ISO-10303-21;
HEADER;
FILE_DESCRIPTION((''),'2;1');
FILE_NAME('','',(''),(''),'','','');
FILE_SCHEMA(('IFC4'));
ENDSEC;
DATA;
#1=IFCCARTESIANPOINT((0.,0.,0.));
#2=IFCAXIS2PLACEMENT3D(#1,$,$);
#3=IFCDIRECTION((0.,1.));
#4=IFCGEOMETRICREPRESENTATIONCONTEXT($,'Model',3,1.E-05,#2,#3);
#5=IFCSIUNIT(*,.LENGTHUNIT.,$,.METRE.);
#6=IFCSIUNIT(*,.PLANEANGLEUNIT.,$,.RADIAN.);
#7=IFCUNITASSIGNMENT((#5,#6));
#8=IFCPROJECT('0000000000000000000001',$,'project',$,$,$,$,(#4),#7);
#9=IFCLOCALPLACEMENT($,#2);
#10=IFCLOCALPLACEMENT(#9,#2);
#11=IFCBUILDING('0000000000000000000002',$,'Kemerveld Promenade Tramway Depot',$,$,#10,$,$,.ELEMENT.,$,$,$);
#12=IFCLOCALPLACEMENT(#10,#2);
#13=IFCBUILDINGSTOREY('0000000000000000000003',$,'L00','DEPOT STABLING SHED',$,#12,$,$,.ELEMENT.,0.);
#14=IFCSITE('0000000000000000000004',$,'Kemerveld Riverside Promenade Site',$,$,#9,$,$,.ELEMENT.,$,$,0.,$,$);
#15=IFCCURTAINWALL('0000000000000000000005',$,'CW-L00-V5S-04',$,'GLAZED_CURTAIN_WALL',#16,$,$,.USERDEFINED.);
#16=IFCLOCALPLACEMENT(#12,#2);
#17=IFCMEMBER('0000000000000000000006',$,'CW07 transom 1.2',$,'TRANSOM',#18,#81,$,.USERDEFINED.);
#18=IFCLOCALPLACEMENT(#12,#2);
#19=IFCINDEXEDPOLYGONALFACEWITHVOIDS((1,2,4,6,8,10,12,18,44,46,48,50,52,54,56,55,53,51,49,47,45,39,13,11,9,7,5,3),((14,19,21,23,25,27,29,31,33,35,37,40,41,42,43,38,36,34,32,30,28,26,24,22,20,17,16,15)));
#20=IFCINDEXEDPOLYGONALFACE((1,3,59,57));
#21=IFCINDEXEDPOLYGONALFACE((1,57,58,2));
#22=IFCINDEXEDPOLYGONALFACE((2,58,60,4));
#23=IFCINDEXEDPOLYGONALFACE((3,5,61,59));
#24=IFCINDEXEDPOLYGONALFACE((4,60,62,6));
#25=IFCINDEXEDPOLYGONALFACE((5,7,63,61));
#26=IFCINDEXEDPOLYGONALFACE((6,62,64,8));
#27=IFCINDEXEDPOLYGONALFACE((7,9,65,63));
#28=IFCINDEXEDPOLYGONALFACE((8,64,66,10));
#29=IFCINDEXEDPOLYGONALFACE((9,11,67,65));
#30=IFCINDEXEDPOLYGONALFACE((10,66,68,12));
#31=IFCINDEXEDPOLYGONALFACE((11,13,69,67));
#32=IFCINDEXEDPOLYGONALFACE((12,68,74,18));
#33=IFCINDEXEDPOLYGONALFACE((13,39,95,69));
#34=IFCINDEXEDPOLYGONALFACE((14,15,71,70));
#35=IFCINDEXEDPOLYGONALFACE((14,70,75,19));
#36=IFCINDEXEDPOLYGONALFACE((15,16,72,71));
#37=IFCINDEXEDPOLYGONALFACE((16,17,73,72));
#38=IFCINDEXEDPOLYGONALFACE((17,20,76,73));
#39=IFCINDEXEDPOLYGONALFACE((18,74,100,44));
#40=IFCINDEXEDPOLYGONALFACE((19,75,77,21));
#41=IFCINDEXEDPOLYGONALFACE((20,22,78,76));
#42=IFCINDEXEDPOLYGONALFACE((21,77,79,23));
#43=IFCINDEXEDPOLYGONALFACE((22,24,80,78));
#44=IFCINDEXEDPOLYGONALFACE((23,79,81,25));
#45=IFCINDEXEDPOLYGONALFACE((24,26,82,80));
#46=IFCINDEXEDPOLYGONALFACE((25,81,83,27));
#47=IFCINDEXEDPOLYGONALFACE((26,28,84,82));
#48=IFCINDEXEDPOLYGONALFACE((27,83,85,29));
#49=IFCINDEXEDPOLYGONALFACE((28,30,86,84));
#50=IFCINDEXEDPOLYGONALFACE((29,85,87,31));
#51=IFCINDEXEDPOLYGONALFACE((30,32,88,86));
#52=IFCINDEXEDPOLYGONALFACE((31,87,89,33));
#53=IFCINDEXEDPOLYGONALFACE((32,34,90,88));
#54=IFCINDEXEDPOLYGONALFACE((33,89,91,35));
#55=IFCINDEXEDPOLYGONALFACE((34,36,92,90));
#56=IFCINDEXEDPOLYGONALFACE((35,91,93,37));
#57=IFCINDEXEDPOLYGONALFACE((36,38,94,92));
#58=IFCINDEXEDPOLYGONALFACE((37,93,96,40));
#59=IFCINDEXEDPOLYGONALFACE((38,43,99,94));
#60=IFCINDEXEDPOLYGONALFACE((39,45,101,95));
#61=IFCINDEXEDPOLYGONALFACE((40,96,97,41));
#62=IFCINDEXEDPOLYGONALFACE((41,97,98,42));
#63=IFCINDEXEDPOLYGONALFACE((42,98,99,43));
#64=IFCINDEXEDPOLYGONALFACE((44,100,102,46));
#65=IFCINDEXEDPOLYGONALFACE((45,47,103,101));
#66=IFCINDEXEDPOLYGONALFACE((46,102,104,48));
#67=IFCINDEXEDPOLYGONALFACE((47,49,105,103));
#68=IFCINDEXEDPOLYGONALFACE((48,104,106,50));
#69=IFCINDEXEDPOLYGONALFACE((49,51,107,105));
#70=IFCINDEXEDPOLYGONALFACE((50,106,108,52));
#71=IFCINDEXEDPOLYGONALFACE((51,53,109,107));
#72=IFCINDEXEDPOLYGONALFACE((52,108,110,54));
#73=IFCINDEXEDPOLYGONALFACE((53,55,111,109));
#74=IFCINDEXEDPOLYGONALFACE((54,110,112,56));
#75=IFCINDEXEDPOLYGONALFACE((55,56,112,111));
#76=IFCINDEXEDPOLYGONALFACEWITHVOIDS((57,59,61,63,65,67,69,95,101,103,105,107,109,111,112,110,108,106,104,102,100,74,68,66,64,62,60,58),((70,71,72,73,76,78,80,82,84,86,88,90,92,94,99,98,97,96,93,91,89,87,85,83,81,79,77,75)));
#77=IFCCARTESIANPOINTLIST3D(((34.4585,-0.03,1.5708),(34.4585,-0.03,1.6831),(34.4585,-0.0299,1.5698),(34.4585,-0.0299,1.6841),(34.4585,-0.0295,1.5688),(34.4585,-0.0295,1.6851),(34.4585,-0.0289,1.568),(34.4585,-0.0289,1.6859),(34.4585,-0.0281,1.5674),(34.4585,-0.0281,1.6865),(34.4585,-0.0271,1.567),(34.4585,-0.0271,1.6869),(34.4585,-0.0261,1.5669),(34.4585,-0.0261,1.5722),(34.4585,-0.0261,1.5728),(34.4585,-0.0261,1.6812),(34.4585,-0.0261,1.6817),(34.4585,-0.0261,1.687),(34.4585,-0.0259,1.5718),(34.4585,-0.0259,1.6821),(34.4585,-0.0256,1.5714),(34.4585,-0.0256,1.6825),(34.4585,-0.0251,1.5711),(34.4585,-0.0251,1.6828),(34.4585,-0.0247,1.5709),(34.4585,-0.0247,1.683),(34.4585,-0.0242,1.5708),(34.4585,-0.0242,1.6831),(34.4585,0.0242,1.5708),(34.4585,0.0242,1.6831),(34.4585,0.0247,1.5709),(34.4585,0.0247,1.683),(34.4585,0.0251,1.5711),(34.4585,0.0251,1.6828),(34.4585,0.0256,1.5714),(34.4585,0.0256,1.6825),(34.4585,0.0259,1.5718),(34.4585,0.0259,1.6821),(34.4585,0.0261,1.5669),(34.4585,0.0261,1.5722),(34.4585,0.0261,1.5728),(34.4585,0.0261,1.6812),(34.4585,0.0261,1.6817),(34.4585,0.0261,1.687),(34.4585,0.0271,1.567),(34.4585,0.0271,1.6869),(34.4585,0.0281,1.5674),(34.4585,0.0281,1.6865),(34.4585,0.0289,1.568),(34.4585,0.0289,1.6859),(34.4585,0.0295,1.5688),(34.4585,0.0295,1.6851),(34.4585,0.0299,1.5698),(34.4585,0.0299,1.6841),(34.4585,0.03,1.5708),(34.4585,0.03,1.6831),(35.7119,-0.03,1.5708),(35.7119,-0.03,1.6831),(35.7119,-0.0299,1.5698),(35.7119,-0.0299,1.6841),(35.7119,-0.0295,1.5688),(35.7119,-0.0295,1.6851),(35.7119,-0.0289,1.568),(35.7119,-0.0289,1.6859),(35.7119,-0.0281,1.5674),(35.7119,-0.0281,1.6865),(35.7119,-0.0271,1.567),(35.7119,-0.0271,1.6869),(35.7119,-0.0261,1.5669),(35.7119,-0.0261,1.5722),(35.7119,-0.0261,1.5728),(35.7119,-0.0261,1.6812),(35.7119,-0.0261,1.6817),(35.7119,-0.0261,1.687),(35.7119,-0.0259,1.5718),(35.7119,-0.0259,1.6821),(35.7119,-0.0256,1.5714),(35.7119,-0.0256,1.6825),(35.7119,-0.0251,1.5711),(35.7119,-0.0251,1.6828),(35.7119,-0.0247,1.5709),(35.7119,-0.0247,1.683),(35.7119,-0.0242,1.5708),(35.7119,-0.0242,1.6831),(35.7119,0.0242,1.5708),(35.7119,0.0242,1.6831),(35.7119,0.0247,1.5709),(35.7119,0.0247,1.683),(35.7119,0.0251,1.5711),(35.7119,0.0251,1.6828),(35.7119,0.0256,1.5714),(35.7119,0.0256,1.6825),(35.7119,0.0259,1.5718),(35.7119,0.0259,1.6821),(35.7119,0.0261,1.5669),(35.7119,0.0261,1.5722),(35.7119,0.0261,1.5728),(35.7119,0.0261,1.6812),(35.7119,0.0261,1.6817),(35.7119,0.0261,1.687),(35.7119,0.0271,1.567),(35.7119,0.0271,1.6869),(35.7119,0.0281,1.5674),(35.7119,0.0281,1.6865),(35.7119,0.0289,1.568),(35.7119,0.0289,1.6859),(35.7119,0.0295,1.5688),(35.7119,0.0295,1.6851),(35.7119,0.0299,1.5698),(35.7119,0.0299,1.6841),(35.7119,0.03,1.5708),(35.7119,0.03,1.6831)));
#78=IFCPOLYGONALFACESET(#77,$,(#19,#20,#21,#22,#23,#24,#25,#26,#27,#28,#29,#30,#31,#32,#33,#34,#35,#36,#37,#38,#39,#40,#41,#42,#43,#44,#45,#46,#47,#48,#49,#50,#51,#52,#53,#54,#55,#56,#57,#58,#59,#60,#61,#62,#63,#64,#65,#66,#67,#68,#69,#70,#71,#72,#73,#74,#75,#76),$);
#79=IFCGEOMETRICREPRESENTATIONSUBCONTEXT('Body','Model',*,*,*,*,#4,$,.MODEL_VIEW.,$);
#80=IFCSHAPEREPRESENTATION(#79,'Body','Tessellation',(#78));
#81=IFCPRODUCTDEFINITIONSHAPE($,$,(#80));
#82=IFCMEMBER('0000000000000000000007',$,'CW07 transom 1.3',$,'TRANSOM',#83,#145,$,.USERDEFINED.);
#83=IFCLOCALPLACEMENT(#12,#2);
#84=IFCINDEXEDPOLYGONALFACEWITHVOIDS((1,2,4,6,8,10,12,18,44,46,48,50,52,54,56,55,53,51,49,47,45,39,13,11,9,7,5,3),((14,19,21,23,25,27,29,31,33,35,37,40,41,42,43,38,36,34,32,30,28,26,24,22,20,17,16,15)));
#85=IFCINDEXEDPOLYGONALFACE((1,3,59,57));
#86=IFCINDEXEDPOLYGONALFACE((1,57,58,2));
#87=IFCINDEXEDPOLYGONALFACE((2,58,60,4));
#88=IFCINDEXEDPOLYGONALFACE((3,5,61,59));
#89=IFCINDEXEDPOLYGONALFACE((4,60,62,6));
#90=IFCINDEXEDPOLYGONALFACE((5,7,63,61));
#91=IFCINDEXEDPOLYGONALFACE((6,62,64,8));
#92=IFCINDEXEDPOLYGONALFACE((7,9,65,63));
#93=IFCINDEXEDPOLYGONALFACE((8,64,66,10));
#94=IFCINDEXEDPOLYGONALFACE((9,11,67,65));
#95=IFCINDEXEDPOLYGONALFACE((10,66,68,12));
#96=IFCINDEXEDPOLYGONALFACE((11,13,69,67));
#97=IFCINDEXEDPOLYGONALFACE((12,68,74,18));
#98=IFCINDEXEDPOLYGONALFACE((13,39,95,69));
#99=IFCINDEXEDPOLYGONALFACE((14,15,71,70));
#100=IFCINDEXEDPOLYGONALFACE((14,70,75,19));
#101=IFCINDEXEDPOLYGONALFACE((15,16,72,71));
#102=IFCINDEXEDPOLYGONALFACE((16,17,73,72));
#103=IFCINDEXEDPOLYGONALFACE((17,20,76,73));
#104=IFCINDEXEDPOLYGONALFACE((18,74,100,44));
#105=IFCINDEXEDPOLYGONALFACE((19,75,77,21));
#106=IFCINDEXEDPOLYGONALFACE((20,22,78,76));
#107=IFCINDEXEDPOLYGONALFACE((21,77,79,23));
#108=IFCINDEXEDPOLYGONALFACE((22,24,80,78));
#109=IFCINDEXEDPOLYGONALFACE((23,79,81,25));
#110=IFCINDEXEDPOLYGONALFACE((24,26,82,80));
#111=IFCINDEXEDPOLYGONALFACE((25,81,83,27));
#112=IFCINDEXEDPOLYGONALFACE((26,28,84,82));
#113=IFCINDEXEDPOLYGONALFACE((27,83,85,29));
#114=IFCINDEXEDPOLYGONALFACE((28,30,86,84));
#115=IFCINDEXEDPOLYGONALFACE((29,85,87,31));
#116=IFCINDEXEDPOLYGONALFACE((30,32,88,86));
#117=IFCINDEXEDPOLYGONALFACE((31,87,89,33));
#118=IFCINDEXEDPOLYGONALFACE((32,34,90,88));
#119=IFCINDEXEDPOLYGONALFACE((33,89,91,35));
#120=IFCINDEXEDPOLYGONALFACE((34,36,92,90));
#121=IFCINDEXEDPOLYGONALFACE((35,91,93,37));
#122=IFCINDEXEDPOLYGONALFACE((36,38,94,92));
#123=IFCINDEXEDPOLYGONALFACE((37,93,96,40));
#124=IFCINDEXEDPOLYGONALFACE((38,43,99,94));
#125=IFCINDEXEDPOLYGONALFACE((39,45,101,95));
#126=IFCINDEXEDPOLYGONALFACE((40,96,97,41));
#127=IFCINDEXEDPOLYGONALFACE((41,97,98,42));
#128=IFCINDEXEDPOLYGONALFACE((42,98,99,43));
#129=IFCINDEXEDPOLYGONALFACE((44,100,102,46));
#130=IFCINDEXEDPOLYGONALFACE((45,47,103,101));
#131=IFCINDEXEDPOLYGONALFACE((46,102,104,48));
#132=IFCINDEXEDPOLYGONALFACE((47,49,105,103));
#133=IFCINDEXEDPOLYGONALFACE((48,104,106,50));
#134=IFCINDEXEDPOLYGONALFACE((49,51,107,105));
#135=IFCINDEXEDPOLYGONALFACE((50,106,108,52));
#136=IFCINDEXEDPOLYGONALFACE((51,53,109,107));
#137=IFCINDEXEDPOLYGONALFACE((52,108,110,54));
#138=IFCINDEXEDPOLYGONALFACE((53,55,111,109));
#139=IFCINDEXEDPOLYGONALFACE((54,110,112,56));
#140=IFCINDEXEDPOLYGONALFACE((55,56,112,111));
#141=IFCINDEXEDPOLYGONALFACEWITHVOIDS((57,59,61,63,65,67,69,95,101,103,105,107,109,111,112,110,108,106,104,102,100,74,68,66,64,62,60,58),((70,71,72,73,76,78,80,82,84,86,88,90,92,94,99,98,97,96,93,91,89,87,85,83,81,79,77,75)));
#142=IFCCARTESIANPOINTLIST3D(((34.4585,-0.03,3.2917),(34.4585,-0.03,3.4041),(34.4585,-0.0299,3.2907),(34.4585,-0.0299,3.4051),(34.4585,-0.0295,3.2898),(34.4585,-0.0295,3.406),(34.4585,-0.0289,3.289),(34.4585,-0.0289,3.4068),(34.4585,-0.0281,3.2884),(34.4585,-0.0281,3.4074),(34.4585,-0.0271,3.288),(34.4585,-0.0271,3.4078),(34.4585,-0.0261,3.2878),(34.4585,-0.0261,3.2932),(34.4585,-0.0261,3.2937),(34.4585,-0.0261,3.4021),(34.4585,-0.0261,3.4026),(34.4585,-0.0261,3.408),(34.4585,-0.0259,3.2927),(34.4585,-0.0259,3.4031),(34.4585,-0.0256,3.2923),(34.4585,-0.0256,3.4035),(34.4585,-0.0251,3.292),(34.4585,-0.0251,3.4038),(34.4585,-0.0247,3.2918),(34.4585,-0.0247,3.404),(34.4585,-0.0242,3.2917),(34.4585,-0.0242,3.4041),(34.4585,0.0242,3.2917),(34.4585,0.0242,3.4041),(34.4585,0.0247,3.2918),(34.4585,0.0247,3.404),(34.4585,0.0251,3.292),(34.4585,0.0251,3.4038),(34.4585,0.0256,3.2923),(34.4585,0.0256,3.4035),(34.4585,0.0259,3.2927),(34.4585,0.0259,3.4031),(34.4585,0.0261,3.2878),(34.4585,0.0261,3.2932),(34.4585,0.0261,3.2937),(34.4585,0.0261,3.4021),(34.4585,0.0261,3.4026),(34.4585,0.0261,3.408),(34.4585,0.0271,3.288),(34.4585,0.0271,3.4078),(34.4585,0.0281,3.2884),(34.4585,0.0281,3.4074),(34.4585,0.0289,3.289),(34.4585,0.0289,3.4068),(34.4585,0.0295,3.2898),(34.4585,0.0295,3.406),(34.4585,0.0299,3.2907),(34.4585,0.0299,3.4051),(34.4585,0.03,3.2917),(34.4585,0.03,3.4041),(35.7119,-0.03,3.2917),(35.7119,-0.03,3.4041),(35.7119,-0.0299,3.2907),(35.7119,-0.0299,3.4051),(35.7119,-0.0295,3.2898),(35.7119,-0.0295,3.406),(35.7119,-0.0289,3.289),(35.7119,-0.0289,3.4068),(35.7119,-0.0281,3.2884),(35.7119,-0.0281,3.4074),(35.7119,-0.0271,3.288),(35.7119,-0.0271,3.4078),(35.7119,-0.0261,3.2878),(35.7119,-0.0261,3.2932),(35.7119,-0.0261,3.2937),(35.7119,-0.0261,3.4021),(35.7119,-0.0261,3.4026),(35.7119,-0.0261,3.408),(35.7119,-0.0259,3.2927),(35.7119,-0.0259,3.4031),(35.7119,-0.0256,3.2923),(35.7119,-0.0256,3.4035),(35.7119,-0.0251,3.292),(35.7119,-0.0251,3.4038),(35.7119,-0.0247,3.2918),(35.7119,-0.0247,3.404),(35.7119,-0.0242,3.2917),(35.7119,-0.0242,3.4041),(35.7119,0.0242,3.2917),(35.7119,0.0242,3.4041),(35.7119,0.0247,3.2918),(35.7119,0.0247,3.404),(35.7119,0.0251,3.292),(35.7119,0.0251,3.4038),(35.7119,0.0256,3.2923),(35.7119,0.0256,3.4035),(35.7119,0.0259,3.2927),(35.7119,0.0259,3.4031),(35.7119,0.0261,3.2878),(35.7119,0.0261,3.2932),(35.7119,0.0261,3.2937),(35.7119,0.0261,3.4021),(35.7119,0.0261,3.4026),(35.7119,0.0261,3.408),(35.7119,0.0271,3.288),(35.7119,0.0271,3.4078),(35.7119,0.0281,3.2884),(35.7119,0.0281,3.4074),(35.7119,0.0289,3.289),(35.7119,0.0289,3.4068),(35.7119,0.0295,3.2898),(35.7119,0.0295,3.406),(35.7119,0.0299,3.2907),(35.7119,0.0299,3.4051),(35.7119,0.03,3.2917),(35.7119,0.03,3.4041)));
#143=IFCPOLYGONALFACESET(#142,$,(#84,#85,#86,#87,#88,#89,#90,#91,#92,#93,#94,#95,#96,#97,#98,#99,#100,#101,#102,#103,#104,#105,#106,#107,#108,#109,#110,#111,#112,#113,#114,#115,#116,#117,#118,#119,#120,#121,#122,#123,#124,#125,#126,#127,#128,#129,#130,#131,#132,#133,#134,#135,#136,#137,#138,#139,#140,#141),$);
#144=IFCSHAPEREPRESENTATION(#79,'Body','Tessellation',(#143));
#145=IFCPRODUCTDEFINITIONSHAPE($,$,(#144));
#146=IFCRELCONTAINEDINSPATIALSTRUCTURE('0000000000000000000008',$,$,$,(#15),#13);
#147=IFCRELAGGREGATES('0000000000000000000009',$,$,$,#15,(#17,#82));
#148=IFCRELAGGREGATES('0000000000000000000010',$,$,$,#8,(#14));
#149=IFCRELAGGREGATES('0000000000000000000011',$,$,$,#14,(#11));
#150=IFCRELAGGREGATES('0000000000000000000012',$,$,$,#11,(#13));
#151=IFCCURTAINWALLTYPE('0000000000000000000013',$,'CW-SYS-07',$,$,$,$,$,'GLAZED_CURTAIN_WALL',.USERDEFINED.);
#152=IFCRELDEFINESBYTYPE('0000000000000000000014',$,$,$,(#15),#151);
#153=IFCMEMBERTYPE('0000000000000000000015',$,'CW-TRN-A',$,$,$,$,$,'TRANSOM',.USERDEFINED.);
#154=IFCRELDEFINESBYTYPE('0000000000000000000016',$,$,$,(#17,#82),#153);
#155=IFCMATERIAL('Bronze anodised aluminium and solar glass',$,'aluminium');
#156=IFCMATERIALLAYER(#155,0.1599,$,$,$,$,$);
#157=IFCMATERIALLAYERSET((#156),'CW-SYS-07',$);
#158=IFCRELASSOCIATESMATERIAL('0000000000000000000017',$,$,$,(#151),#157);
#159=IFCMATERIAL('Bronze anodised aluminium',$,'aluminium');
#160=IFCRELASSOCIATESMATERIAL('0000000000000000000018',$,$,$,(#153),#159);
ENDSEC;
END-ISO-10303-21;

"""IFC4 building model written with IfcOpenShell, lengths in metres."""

from ifc_helpers import new_model, si_unit, direction, frame, origin, origin_2d, place, context, subcontext, project, spatial, hollow_rectangle, extrude, material, layer, layer_set, material_profile, profile_set, type_object, element, aggregate, save


model = new_model("IFC4")

# Units and contexts
model_context = context("Model", 3, precision=1e-05, world=origin(), true_north=direction((0.0, 1.0)))
body_context = subcontext(model_context, "Body", "Model", "MODEL_VIEW")
ifc_project = project(units=[si_unit("LENGTHUNIT", "METRE"), si_unit("PLANEANGLEUNIT", "RADIAN")], contexts=[model_context])

# Site, building, storey
site_placement = place(None, origin())
site = spatial("IfcSite", under=ifc_project, at=site_placement, Name="Kemerveld Riverside Promenade Site", CompositionType="ELEMENT", RefElevation=0.0)
building_placement = place(site_placement, origin())
building = spatial("IfcBuilding", under=site, at=building_placement, Name="Kemerveld Promenade Tramway Depot", CompositionType="ELEMENT")
storey_placement = place(building_placement, origin())
storey = spatial("IfcBuildingStorey", under=building, at=storey_placement, Name="L00", Description="DEPOT STABLING SHED", CompositionType="ELEMENT", Elevation=0.0)

# Curtain wall, members
ifc_material_1 = material(Name="Bronze anodised aluminium and solar glass", Category="aluminium")
ifc_layer_1 = layer(ifc_material_1, 0.1599)
ifc_layer_set_1 = layer_set([ifc_layer_1], Name="CW-SYS-07")
curtain_wall_type = type_object("IfcCurtainWallType", Name="CW-SYS-07", ElementType="GLAZED_CURTAIN_WALL", PredefinedType="USERDEFINED", material=ifc_layer_set_1)
curtain_wall_placement = place(storey_placement, origin())
curtain_wall = element("IfcCurtainWall", 1, at=curtain_wall_placement, inside=storey, type_object=curtain_wall_type, Name="CW-L00-V5S-04", ObjectType="GLAZED_CURTAIN_WALL", PredefinedType="USERDEFINED")
ifc_material_2 = material(Name="Bronze anodised aluminium", Category="aluminium")
ifc_material_profile_1 = material_profile(ifc_material_2, hollow_rectangle(XDim=0.0601, YDim=0.1201, WallThickness=0.0039, InnerFilletRadius=0.002, OuterFilletRadius=0.0039, at=origin_2d()), Name="CW-TRN-120x60")
ifc_profile_set_1 = profile_set([ifc_material_profile_1], Name="Bronze anodised aluminium")
member_type_1 = type_object("IfcMemberType", Name="CW-TRN-A", ElementType="TRANSOM", PredefinedType="USERDEFINED", material=ifc_profile_set_1)
member_1_placement = place(storey_placement, frame((35.7119, 0.0, 1.627), z_axis=(-1.0, 0.0, 0.0), x_axis=(0.0, -1.0, 0.0)))
member_1 = element("IfcMember", 2, at=member_1_placement, type_object=member_type_1, Name="CW07 transom 1.2", ObjectType="TRANSOM", PredefinedType="USERDEFINED", context=body_context, shape_type="SweptSolid", body=[
    extrude(hollow_rectangle(XDim=0.0601, YDim=0.1201, WallThickness=0.0039, InnerFilletRadius=0.002, OuterFilletRadius=0.0039, at=origin_2d()), origin(), (0.0, 0.0, 1.0), 1.2534),
])
member_2_placement = place(storey_placement, frame((35.7119, 0.0, 3.3479), z_axis=(-1.0, 0.0, 0.0), x_axis=(0.0, -1.0, 0.0)))
member_2 = element("IfcMember", 3, at=member_2_placement, type_object=member_type_1, Name="CW07 transom 1.3", ObjectType="TRANSOM", PredefinedType="USERDEFINED", context=body_context, shape_type="SweptSolid", body=[
    extrude(hollow_rectangle(XDim=0.0601, YDim=0.1201, WallThickness=0.0039, InnerFilletRadius=0.002, OuterFilletRadius=0.0039, at=origin_2d()), origin(), (0.0, 0.0, 1.0), 1.2534),
])
aggregate(curtain_wall, [member_1, member_2])

save(model, "model.ifc")
